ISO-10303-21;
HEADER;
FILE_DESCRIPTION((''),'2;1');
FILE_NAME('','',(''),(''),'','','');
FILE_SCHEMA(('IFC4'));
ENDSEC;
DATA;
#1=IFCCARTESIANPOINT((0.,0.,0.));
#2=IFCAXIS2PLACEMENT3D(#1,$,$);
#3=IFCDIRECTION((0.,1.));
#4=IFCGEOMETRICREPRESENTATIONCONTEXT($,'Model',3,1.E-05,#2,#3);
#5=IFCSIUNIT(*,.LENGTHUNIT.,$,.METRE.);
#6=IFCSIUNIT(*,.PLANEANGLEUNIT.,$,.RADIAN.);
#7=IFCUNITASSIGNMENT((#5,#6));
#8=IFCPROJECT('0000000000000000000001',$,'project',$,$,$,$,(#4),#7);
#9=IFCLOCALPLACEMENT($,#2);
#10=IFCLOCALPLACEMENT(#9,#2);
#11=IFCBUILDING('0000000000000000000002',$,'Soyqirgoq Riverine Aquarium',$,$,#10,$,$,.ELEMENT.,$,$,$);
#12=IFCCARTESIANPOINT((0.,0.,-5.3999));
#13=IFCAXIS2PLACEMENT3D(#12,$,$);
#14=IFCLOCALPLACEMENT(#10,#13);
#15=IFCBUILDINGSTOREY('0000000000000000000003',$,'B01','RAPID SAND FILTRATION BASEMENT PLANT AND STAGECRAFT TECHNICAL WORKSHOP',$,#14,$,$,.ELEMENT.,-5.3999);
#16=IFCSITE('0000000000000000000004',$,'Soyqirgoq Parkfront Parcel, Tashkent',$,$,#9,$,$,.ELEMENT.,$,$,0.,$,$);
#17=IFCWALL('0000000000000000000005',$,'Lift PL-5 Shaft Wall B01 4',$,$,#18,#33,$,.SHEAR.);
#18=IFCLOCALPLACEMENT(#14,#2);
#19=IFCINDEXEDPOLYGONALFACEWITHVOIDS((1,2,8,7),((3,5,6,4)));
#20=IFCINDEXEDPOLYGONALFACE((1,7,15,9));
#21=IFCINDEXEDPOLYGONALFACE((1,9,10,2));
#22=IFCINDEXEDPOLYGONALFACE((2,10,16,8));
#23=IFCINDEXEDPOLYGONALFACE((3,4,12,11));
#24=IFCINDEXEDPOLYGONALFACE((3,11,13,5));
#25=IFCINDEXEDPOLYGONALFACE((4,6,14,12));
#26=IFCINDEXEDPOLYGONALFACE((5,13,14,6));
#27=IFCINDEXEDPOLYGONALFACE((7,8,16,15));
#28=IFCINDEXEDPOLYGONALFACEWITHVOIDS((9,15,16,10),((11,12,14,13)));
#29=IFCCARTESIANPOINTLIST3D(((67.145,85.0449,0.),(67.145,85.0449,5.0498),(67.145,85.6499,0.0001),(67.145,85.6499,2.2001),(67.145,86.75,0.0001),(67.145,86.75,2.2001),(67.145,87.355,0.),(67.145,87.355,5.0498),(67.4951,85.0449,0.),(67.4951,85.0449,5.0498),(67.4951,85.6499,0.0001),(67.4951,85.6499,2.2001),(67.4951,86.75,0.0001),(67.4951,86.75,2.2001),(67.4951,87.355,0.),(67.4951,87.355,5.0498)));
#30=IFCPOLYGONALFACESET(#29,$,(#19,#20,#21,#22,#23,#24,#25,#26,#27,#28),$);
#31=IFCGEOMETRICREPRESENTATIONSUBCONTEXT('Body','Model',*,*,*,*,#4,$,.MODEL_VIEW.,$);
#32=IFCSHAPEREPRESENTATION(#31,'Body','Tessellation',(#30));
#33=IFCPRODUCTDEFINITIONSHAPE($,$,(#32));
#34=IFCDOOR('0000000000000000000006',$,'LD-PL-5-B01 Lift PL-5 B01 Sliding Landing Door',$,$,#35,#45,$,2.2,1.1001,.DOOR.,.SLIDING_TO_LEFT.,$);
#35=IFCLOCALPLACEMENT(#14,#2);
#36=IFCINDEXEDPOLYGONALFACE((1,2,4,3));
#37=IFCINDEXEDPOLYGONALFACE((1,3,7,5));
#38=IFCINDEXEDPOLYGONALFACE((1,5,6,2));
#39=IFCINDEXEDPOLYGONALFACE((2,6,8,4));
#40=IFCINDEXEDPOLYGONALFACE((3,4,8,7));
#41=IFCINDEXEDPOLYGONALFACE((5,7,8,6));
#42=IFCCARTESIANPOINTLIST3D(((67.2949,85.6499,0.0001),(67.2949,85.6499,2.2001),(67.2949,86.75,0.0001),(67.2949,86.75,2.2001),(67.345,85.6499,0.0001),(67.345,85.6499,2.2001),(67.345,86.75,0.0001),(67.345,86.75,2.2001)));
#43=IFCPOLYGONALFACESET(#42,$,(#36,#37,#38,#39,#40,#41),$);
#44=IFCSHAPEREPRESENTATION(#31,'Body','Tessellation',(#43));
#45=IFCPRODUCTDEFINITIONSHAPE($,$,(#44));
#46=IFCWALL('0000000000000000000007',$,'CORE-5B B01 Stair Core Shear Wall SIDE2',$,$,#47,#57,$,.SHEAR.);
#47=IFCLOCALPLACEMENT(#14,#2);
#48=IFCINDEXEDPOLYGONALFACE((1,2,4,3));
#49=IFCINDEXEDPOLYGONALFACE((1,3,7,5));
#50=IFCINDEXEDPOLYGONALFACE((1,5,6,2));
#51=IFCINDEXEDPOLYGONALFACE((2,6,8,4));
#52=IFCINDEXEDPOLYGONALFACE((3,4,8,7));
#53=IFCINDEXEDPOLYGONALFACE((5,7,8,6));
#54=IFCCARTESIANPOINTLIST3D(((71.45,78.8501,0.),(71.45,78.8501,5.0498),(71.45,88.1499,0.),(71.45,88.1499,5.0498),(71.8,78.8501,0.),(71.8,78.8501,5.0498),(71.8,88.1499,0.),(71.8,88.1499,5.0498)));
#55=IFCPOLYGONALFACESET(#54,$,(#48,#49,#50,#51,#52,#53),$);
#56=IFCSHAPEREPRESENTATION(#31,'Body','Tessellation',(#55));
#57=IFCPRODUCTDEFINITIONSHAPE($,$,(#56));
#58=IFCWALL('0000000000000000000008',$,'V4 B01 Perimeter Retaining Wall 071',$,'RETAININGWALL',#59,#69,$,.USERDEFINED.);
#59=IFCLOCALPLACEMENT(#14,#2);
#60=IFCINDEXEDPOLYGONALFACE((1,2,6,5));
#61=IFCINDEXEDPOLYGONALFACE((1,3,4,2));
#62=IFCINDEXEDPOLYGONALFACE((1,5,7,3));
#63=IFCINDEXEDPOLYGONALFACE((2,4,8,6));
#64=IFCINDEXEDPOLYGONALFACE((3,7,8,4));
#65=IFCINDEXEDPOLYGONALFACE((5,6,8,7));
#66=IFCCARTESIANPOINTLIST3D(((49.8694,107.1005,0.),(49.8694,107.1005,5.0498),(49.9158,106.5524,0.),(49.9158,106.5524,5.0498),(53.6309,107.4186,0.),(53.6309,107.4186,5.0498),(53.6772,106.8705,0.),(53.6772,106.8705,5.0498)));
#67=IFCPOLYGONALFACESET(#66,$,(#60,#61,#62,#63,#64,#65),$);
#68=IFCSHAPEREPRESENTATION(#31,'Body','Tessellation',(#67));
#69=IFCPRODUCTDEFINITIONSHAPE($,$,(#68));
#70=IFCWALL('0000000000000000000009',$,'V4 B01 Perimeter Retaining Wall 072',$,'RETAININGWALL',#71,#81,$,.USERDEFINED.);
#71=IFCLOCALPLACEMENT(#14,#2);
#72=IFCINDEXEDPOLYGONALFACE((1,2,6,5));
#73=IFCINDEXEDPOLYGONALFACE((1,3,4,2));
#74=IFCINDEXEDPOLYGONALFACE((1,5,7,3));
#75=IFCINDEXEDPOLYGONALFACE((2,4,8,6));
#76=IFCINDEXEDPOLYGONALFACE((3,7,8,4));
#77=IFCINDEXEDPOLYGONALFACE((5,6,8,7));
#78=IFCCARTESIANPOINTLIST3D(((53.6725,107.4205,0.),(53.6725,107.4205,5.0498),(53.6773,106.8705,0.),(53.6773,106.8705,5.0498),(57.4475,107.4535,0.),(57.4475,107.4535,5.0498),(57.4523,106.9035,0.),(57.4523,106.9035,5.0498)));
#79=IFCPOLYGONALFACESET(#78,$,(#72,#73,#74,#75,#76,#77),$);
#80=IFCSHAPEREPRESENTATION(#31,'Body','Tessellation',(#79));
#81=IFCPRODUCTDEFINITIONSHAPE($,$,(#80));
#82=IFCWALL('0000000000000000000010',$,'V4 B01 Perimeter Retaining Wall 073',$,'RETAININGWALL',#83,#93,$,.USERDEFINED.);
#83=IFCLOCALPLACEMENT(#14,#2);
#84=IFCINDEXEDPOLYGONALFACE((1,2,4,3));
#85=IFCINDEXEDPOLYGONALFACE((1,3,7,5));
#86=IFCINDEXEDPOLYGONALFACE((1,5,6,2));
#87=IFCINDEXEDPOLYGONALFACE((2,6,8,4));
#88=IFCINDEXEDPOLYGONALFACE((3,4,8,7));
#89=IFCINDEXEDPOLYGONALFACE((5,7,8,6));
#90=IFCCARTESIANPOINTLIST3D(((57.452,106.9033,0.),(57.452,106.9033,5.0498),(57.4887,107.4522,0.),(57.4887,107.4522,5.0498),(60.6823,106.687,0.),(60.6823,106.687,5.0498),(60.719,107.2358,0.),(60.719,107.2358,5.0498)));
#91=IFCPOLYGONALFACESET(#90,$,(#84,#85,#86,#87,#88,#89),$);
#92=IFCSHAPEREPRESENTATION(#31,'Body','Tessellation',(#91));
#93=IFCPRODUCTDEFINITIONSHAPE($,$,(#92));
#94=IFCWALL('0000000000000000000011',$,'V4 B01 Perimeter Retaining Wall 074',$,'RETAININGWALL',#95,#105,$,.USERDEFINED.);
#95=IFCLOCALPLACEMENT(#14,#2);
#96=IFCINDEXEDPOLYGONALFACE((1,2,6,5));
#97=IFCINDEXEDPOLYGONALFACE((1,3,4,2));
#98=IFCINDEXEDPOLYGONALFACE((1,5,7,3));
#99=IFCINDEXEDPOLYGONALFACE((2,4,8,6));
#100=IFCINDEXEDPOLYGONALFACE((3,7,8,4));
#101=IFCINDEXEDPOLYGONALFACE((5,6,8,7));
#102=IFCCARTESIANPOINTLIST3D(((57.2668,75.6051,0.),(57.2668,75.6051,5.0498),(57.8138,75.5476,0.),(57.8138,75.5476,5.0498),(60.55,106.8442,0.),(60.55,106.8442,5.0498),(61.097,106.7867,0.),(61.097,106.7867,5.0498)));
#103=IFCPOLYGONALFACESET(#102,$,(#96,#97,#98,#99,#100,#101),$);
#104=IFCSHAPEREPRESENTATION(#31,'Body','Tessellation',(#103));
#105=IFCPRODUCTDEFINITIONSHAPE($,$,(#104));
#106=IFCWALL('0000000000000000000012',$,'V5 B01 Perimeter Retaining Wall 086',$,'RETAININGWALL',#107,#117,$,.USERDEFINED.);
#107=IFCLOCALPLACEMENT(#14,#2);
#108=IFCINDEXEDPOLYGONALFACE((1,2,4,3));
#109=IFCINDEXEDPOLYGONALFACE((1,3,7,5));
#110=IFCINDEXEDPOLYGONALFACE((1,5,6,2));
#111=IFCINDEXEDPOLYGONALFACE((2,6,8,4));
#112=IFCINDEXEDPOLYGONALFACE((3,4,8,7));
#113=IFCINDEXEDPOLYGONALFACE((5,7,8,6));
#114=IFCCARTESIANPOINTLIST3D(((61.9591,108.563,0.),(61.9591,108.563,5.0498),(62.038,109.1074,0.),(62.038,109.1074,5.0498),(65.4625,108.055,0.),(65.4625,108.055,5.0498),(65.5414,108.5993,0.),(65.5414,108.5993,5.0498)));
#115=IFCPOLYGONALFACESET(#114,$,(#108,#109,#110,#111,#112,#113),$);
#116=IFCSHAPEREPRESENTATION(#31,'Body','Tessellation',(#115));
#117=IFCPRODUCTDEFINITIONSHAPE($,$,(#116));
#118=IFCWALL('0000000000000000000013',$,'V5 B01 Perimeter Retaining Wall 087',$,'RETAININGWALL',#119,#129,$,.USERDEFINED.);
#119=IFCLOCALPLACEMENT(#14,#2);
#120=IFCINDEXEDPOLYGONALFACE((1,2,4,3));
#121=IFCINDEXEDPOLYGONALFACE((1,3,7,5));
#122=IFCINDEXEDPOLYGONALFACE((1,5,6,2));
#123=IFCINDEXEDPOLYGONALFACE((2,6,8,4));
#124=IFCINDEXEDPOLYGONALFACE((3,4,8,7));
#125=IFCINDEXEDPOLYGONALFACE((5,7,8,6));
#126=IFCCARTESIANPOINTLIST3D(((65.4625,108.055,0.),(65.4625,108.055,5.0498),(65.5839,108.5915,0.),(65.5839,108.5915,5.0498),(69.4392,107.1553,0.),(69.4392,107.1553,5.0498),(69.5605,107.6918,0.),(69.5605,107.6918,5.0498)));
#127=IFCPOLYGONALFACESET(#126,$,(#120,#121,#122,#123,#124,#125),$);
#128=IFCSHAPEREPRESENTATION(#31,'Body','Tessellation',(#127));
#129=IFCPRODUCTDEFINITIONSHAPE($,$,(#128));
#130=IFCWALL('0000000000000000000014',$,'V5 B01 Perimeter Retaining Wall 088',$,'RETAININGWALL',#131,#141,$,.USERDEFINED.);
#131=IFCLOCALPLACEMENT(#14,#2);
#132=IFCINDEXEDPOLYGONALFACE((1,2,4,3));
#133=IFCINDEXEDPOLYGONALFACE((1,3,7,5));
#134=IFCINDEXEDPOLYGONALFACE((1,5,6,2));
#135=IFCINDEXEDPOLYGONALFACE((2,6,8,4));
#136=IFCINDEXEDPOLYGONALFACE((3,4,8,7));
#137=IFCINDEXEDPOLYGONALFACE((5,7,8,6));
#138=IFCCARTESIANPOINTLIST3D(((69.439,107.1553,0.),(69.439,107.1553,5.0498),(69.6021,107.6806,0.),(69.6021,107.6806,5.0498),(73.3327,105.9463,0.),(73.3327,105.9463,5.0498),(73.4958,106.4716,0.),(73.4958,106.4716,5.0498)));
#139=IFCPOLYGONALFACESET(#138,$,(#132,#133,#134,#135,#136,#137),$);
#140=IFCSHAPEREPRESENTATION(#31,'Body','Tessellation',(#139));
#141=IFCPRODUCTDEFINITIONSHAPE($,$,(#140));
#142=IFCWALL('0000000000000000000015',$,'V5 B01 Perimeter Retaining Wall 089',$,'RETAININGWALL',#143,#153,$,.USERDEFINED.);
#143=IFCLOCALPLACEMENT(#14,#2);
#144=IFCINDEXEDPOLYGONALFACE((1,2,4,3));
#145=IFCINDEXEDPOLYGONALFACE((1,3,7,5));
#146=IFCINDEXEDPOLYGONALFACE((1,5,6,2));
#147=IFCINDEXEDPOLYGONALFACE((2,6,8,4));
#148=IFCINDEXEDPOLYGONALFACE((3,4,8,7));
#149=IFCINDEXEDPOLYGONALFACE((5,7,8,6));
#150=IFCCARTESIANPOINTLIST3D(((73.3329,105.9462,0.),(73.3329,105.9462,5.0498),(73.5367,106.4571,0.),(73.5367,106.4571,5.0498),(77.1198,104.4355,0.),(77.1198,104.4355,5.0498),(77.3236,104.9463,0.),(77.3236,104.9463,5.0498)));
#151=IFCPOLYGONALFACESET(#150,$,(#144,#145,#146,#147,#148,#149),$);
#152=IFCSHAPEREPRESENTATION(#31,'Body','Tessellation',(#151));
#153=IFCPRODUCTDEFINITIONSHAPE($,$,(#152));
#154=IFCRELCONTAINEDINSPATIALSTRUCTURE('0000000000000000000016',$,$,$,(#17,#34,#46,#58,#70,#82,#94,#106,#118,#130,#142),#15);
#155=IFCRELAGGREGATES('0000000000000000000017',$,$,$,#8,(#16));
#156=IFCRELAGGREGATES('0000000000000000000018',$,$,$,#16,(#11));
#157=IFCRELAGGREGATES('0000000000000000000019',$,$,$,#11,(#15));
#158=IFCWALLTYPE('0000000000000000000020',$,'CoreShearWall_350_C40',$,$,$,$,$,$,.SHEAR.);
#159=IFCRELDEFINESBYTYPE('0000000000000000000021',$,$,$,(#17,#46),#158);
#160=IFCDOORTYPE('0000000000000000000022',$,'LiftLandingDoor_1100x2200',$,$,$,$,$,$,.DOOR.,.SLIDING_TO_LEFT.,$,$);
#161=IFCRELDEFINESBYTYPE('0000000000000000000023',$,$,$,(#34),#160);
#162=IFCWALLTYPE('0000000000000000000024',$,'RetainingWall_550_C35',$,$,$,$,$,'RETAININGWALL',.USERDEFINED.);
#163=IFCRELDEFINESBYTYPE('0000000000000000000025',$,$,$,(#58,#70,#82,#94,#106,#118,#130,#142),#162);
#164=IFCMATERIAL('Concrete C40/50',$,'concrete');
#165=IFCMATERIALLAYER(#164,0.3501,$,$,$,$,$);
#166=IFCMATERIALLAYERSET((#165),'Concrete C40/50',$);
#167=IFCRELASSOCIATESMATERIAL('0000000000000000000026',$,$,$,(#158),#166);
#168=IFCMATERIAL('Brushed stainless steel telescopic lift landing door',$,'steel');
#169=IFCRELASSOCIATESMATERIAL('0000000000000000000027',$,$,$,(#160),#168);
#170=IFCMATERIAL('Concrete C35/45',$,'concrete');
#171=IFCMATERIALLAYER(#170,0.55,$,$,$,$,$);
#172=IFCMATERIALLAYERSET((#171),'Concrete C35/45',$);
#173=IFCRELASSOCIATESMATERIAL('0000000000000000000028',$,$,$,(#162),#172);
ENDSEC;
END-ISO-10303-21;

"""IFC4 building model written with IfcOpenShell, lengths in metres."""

from ifc_helpers import new_model, si_unit, direction, frame, frame_2d, origin, place, context, subcontext, project, spatial, rectangle, extrude, material, layer, layer_set, type_object, element, fill, save


model = new_model("IFC4")

# Units and contexts
model_context = context("Model", 3, precision=1e-05, world=origin(), true_north=direction((0.0, 1.0)))
body_context = subcontext(model_context, "Body", "Model", "MODEL_VIEW")
ifc_project = project(units=[si_unit("LENGTHUNIT", "METRE"), si_unit("PLANEANGLEUNIT", "RADIAN")], contexts=[model_context])

# Site, building, storey
site_placement = place(None, origin())
site = spatial("IfcSite", under=ifc_project, at=site_placement, Name="Soyqirgoq Parkfront Parcel, Tashkent", CompositionType="ELEMENT", RefElevation=0.0)
building_placement = place(site_placement, origin())
building = spatial("IfcBuilding", under=site, at=building_placement, Name="Soyqirgoq Riverine Aquarium", CompositionType="ELEMENT")
storey_placement = place(building_placement, frame((0.0, 0.0, -5.3999)))
storey = spatial("IfcBuildingStorey", under=building, at=storey_placement, Name="B01", Description="RAPID SAND FILTRATION BASEMENT PLANT AND STAGECRAFT TECHNICAL WORKSHOP", CompositionType="ELEMENT", Elevation=-5.3999)

# Shared definitions
ifc_material_1 = material(Name="Concrete C40/50", Category="concrete")
ifc_layer_1 = layer(ifc_material_1, 0.3501)
ifc_layer_set_1 = layer_set([ifc_layer_1], Name="Concrete C40/50")
wall_type_1 = type_object("IfcWallType", Name="CoreShearWall_350_C40", PredefinedType="SHEAR", material=ifc_layer_set_1)

# Wall, opening, door
wall_1_placement = place(storey_placement, frame((67.3201, 87.355, 0.0), z_axis=(0.0, 0.0, 1.0), x_axis=(0.0, -1.0, 0.0)))
wall_1 = element("IfcWall", 1, at=wall_1_placement, inside=storey, type_object=wall_type_1, Name="Lift PL-5 Shaft Wall B01 4", PredefinedType="SHEAR", context=body_context, shape_type="SweptSolid", body=[
    extrude(rectangle(XDim=2.3101, YDim=0.3501, at=frame_2d((1.155, 0.0))), origin(), (0.0, 0.0, 1.0), 5.0498),
])
opening_placement = place(wall_1_placement, frame((0.605, 0.0, 0.0)))
opening = element("IfcOpeningElement", 2, at=opening_placement, cuts=wall_1, PredefinedType="OPENING", context=body_context, shape_type="SweptSolid", body=[
    extrude(rectangle(XDim=1.1001, YDim=2.2, at=frame_2d((0.55, 1.1001))), frame((0.0, 0.1851, 0.0), z_axis=(0.0, -1.0, 0.0), x_axis=(1.0, 0.0, 0.0)), (0.0, 0.0, 1.0), 0.3701),
])
ifc_material_2 = material(Name="Brushed stainless steel telescopic lift landing door", Category="steel")
door_type = type_object("IfcDoorType", Name="LiftLandingDoor_1100x2200", OperationType="SLIDING_TO_LEFT", PredefinedType="DOOR", material=ifc_material_2)
door_placement = place(opening_placement, origin())
door = element("IfcDoor", 3, at=door_placement, inside=storey, type_object=door_type, Name="LD-PL-5-B01 Lift PL-5 B01 Sliding Landing Door", OperationType="SLIDING_TO_LEFT", OverallHeight=2.2, OverallWidth=1.1001, PredefinedType="DOOR", context=body_context, shape_type="SweptSolid", body=[
    extrude(rectangle(XDim=1.1001, YDim=2.2, at=frame_2d((0.55, 1.1001))), frame((0.0, 0.0249, 0.0), z_axis=(0.0, -1.0, 0.0), x_axis=(1.0, 0.0, 0.0)), (0.0, 0.0, 1.0), 0.05),
])
fill(opening, door)

# Walls
wall_2_placement = place(storey_placement, frame((71.625, 88.1499, 0.0), z_axis=(0.0, 0.0, 1.0), x_axis=(0.0, -1.0, 0.0)))
element("IfcWall", 4, at=wall_2_placement, inside=storey, type_object=wall_type_1, Name="CORE-5B B01 Stair Core Shear Wall SIDE2", PredefinedType="SHEAR", context=body_context, shape_type="SweptSolid", body=[
    extrude(rectangle(XDim=9.2998, YDim=0.3501, at=frame_2d((4.6499, 0.0))), origin(), (0.0, 0.0, 1.0), 5.0498),
])
ifc_material_3 = material(Name="Concrete C35/45", Category="concrete")
ifc_layer_2 = layer(ifc_material_3, 0.55)
ifc_layer_set_2 = layer_set([ifc_layer_2], Name="Concrete C35/45")
wall_type_2 = type_object("IfcWallType", Name="RetainingWall_550_C35", ElementType="RETAININGWALL", PredefinedType="USERDEFINED", material=ifc_layer_set_2)
wall_3_placement = place(storey_placement, frame((49.8926, 106.8264, 0.0), z_axis=(0.0, 0.0, 1.0), x_axis=(0.996443, 0.084271, 0.0)))
element("IfcWall", 5, at=wall_3_placement, inside=storey, type_object=wall_type_2, Name="V4 B01 Perimeter Retaining Wall 071", ObjectType="RETAININGWALL", PredefinedType="USERDEFINED", context=body_context, shape_type="SweptSolid", body=[
    extrude(rectangle(XDim=3.7749, YDim=0.55, at=frame_2d((1.8875, 0.0))), origin(), (0.0, 0.0, 1.0), 5.0498),
])
wall_4_placement = place(storey_placement, frame((53.6748, 107.1455, 0.0), z_axis=(0.0, 0.0, 1.0), x_axis=(0.999962, 0.008731, 0.0)))
element("IfcWall", 6, at=wall_4_placement, inside=storey, type_object=wall_type_2, Name="V4 B01 Perimeter Retaining Wall 072", ObjectType="RETAININGWALL", PredefinedType="USERDEFINED", context=body_context, shape_type="SweptSolid", body=[
    extrude(rectangle(XDim=3.7751, YDim=0.55, at=frame_2d((1.8877, 0.0))), origin(), (0.0, 0.0, 1.0), 5.0498),
])
wall_5_placement = place(storey_placement, frame((57.4705, 107.1777, 0.0), z_axis=(0.0, 0.0, 1.0), x_axis=(0.997765, -0.066814, 0.0)))
element("IfcWall", 7, at=wall_5_placement, inside=storey, type_object=wall_type_2, Name="V4 B01 Perimeter Retaining Wall 073", ObjectType="RETAININGWALL", PredefinedType="USERDEFINED", context=body_context, shape_type="SweptSolid", body=[
    extrude(rectangle(XDim=3.2375, YDim=0.55, at=frame_2d((1.6187, 0.0))), origin(), (0.0, 0.0, 1.0), 5.0498),
])
wall_6_placement = place(storey_placement, frame((60.8235, 106.8154, 0.0), z_axis=(0.0, 0.0, 1.0), x_axis=(-0.104524, -0.994522, 0.0)))
element("IfcWall", 8, at=wall_6_placement, inside=storey, type_object=wall_type_2, Name="V4 B01 Perimeter Retaining Wall 074", ObjectType="RETAININGWALL", PredefinedType="USERDEFINED", context=body_context, shape_type="SweptSolid", body=[
    extrude(rectangle(XDim=31.4111, YDim=0.55, at=frame_2d((15.7056, 0.0))), origin(), (0.0, 0.0, 1.0), 5.0498),
])
wall_7_placement = place(storey_placement, frame((61.9985, 108.8352, 0.0), z_axis=(0.0, 0.0, 1.0), x_axis=(0.989648, -0.143516, 0.0)))
element("IfcWall", 9, at=wall_7_placement, inside=storey, type_object=wall_type_2, Name="V5 B01 Perimeter Retaining Wall 086", ObjectType="RETAININGWALL", PredefinedType="USERDEFINED", context=body_context, shape_type="SweptSolid", body=[
    extrude(rectangle(XDim=3.54, YDim=0.55, at=frame_2d((1.77, 0.0))), origin(), (0.0, 0.0, 1.0), 5.0498),
])
for number, where, z_axis, x_axis, name in (
    (10, (65.5232, 108.3232, 0.0), (0.0, 0.0, 1.0), (0.97535, -0.220663, 0.0), "V5 B01 Perimeter Retaining Wall 087"),
    (11, (69.5205, 107.418, 0.0), (0.0, 0.0, 1.0), (0.955025, -0.296525, 0.0), "V5 B01 Perimeter Retaining Wall 088"),
    (12, (73.4348, 106.2017, 0.0), (0.0, 0.0, 1.0), (0.928815, -0.370544, 0.0), "V5 B01 Perimeter Retaining Wall 089"),
):
    element("IfcWall", number, at=place(storey_placement, frame(where, z_axis=z_axis, x_axis=x_axis)), inside=storey, type_object=wall_type_2, Name=name, ObjectType="RETAININGWALL", PredefinedType="USERDEFINED", context=body_context, shape_type="SweptSolid", body=[
        extrude(rectangle(XDim=4.0771, YDim=0.55, at=frame_2d((2.0386, 0.0))), origin(), (0.0, 0.0, 1.0), 5.0498),
    ])

save(model, "model.ifc")
